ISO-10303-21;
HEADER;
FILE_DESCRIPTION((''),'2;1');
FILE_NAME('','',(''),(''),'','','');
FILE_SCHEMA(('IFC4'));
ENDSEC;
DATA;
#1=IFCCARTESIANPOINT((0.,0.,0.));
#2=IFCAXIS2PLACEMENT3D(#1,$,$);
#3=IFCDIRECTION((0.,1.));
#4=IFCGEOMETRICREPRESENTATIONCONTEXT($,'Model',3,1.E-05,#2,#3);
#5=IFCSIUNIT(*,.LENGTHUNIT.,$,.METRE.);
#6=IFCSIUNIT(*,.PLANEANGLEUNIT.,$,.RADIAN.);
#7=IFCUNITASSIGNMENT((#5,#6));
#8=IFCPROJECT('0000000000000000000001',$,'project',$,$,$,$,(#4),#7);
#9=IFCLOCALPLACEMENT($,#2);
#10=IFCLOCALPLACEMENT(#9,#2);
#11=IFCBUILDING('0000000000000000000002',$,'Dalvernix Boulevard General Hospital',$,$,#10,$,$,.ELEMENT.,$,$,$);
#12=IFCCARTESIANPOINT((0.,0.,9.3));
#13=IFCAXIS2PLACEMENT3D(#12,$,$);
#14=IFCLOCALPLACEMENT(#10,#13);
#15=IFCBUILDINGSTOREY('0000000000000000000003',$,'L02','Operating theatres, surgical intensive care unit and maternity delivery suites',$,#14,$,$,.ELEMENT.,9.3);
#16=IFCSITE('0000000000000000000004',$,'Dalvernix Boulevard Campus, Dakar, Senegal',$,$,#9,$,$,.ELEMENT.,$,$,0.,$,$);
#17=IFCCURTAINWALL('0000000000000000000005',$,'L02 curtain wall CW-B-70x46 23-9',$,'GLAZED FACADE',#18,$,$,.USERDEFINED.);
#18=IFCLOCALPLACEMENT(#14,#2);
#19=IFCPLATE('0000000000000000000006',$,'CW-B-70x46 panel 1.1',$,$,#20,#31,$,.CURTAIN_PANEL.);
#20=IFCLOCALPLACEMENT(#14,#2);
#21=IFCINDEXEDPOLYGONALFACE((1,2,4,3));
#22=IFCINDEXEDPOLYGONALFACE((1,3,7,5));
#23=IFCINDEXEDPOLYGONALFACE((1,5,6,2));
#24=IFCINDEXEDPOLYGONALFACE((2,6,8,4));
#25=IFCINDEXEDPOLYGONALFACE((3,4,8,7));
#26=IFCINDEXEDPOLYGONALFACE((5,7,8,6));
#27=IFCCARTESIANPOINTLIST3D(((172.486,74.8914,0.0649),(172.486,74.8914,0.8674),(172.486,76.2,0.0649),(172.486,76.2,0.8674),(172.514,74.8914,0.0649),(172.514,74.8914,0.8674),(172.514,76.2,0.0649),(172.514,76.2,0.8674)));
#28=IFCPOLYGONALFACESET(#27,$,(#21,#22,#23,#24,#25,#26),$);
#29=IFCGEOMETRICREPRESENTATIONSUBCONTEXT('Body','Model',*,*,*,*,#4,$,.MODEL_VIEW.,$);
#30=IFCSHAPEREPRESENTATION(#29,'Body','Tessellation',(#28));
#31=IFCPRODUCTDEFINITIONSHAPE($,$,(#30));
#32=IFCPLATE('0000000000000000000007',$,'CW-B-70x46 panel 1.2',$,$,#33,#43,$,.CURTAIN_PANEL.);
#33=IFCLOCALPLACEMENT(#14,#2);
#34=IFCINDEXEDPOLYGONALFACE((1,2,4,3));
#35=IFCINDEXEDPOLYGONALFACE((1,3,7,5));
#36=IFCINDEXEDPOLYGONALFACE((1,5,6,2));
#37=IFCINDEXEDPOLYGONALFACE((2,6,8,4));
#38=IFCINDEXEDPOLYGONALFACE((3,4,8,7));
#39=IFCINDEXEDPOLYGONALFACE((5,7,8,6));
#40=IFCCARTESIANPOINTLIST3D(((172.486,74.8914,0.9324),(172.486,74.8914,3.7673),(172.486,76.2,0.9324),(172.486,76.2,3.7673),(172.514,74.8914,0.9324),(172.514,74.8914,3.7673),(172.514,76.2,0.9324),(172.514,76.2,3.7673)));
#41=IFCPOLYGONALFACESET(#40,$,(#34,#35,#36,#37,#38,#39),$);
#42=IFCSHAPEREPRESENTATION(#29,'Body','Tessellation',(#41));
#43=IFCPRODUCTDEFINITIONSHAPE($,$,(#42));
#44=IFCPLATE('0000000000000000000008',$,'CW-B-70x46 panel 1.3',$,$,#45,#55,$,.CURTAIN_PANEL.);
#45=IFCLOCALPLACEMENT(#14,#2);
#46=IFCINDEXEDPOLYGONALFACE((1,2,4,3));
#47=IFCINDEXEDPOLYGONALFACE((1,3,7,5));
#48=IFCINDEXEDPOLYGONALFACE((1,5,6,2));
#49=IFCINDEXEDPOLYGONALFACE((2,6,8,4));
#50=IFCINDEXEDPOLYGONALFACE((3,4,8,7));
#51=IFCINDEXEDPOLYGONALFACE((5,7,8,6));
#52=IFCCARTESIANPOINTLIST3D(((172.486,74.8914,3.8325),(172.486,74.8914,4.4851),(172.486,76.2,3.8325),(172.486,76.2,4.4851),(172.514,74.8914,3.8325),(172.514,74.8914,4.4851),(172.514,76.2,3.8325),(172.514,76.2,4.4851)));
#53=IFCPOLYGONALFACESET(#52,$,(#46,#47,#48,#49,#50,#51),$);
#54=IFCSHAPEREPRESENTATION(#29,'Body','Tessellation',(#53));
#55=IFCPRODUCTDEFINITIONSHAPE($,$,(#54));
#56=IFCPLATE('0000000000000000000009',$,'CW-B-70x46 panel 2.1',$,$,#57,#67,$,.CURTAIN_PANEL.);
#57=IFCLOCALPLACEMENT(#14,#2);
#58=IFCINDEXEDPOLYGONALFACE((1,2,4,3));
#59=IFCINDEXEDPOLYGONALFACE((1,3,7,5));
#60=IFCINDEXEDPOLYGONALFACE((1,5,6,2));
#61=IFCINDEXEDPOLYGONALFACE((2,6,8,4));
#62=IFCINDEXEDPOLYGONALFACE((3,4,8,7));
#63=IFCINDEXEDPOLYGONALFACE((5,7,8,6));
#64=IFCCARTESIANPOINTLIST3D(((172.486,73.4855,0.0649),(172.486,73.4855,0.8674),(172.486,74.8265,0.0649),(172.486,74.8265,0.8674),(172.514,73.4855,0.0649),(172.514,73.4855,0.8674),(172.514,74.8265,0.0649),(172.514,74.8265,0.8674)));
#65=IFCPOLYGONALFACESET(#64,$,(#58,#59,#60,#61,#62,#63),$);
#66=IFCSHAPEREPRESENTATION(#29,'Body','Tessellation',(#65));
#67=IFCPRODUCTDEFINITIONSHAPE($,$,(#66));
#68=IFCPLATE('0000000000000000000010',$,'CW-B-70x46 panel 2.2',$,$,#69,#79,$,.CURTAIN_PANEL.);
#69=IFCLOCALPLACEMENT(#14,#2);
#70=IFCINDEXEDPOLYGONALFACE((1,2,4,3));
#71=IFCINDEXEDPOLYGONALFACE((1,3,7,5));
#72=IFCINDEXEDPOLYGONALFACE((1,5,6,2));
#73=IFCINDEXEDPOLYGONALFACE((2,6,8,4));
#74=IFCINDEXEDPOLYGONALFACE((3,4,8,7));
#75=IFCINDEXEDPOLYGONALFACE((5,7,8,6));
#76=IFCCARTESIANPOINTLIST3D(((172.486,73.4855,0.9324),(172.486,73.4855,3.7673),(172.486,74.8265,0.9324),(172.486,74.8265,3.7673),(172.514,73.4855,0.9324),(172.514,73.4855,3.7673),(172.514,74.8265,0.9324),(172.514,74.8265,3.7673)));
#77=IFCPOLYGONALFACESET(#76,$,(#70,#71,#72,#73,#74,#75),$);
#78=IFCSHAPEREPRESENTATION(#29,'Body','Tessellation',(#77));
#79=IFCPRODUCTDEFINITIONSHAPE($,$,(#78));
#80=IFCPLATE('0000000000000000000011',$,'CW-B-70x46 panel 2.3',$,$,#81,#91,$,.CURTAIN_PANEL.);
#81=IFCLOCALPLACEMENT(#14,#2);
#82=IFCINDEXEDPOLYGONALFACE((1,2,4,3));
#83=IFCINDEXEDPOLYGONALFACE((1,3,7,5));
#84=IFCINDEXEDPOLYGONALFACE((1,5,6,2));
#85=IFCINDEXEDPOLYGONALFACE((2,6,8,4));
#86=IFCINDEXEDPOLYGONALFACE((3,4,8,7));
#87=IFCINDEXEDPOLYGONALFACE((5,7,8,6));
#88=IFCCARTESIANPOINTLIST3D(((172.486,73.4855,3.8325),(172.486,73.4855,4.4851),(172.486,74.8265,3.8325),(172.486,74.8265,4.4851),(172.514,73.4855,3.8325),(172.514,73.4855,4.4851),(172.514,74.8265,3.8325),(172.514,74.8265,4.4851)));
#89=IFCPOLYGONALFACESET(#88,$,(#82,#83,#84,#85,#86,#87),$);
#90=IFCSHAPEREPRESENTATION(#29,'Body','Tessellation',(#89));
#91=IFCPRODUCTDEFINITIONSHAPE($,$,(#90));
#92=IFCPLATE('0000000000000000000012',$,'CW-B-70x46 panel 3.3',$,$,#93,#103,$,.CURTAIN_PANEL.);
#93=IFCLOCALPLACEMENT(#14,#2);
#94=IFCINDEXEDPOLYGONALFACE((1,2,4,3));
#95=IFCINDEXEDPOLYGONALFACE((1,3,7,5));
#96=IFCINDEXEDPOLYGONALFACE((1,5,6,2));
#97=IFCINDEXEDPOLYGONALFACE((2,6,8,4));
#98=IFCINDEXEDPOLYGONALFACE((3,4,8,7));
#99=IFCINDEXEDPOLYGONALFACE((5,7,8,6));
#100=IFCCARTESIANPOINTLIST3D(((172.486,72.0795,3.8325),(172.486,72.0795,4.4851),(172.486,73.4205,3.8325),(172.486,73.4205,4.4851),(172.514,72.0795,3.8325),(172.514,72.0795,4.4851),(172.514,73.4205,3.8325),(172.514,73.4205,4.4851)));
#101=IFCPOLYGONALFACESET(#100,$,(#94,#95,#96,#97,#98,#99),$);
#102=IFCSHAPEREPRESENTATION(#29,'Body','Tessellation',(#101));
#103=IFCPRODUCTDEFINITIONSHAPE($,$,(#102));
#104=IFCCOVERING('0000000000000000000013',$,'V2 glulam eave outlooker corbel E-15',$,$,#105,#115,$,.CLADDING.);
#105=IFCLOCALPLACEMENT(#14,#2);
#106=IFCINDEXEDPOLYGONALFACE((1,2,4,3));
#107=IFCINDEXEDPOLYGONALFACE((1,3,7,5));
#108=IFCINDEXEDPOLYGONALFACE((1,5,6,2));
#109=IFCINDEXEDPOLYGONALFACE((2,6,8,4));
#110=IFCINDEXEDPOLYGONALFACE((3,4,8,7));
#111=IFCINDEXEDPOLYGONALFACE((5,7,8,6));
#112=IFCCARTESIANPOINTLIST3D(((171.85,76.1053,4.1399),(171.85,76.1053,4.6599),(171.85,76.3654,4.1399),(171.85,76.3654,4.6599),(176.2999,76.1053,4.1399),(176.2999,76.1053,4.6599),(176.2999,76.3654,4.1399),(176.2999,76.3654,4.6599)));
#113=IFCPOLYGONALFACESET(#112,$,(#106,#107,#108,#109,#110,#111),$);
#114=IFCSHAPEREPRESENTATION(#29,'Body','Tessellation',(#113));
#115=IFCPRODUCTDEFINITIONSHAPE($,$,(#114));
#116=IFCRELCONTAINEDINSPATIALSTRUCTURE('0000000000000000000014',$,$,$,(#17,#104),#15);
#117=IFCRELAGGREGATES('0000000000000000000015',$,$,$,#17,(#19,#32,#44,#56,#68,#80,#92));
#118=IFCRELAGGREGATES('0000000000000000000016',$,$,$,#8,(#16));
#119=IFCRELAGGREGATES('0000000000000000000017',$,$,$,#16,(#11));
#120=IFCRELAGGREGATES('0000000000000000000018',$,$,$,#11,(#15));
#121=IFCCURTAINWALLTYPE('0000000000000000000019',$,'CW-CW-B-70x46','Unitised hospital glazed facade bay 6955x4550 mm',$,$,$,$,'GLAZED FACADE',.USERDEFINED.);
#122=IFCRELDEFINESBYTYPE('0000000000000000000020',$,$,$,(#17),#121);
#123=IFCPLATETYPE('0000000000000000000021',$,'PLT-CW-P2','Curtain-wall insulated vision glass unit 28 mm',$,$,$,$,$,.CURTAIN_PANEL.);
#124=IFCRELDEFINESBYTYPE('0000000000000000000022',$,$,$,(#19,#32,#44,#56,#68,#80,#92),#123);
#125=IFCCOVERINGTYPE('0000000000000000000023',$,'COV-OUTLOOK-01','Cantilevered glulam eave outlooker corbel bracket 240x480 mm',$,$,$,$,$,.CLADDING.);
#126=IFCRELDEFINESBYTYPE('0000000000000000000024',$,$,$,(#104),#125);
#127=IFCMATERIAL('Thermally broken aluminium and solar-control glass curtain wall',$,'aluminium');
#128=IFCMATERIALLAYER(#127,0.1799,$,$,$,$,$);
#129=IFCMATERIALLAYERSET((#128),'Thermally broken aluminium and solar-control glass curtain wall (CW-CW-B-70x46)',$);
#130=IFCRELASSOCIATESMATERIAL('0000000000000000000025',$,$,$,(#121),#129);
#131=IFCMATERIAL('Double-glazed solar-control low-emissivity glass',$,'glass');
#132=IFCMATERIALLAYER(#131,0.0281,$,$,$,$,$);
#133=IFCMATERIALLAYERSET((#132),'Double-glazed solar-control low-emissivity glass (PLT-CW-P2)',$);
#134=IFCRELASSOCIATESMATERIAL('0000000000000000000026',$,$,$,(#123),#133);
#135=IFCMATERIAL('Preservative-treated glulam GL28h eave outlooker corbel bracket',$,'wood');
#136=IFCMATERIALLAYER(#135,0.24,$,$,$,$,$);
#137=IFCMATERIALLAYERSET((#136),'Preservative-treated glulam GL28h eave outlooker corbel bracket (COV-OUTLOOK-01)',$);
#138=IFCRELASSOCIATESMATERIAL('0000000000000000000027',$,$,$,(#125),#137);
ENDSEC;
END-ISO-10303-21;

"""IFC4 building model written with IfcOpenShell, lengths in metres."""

from ifc_helpers import new_model, si_unit, direction, frame, origin, origin_2d, place, context, subcontext, project, spatial, rectangle, extrude, material, layer, layer_set, type_object, element, aggregate, save


model = new_model("IFC4")

# Units and contexts
model_context = context("Model", 3, precision=1e-05, world=origin(), true_north=direction((0.0, 1.0)))
body_context = subcontext(model_context, "Body", "Model", "MODEL_VIEW")
ifc_project = project(units=[si_unit("LENGTHUNIT", "METRE"), si_unit("PLANEANGLEUNIT", "RADIAN")], contexts=[model_context])

# Site, building, storey
site_placement = place(None, origin())
site = spatial("IfcSite", under=ifc_project, at=site_placement, Name="Dalvernix Boulevard Campus, Dakar, Senegal", CompositionType="ELEMENT", RefElevation=0.0)
building_placement = place(site_placement, origin())
building = spatial("IfcBuilding", under=site, at=building_placement, Name="Dalvernix Boulevard General Hospital", CompositionType="ELEMENT")
storey_placement = place(building_placement, frame((0.0, 0.0, 9.3)))
storey = spatial("IfcBuildingStorey", under=building, at=storey_placement, Name="L02", Description="Operating theatres, surgical intensive care unit and maternity delivery suites", CompositionType="ELEMENT", Elevation=9.3)

# Curtain wall, plates
ifc_material_1 = material(Name="Thermally broken aluminium and solar-control glass curtain wall", Category="aluminium")
ifc_layer_1 = layer(ifc_material_1, 0.1799)
ifc_layer_set_1 = layer_set([ifc_layer_1], Name="Thermally broken aluminium and solar-control glass curtain wall (CW-CW-B-70x46)")
curtain_wall_type = type_object("IfcCurtainWallType", Name="CW-CW-B-70x46", Description="Unitised hospital glazed facade bay 6955x4550 mm", ElementType="GLAZED FACADE", PredefinedType="USERDEFINED", material=ifc_layer_set_1)
curtain_wall_placement = place(storey_placement, origin())
curtain_wall = element("IfcCurtainWall", 1, at=curtain_wall_placement, inside=storey, type_object=curtain_wall_type, Name="L02 curtain wall CW-B-70x46 23-9", ObjectType="GLAZED FACADE", PredefinedType="USERDEFINED")
ifc_material_2 = material(Name="Double-glazed solar-control low-emissivity glass", Category="glass")
ifc_layer_2 = layer(ifc_material_2, 0.0281)
ifc_layer_set_2 = layer_set([ifc_layer_2], Name="Double-glazed solar-control low-emissivity glass (PLT-CW-P2)")
plate_type = type_object("IfcPlateType", Name="PLT-CW-P2", Description="Curtain-wall insulated vision glass unit 28 mm", PredefinedType="CURTAIN_PANEL", material=ifc_layer_set_2)
plate_1_placement = place(storey_placement, frame((172.5, 75.5457, 0.0649), z_axis=(0.0, 0.0, 1.0), x_axis=(0.0, -1.0, 0.0)))
plate_1 = element("IfcPlate", 2, at=plate_1_placement, type_object=plate_type, Name="CW-B-70x46 panel 1.1", PredefinedType="CURTAIN_PANEL", context=body_context, shape_type="SweptSolid", body=[
    extrude(rectangle(XDim=1.3086, YDim=0.0281, at=origin_2d()), origin(), (0.0, 0.0, 1.0), 0.8025),
])
plate_2_placement = place(storey_placement, frame((172.5, 75.5457, 0.9324), z_axis=(0.0, 0.0, 1.0), x_axis=(0.0, -1.0, 0.0)))
plate_2 = element("IfcPlate", 3, at=plate_2_placement, type_object=plate_type, Name="CW-B-70x46 panel 1.2", PredefinedType="CURTAIN_PANEL", context=body_context, shape_type="SweptSolid", body=[
    extrude(rectangle(XDim=1.3086, YDim=0.0281, at=origin_2d()), origin(), (0.0, 0.0, 1.0), 2.835),
])
plate_3_placement = place(storey_placement, frame((172.5, 75.5457, 3.8325), z_axis=(0.0, 0.0, 1.0), x_axis=(0.0, -1.0, 0.0)))
plate_3 = element("IfcPlate", 4, at=plate_3_placement, type_object=plate_type, Name="CW-B-70x46 panel 1.3", PredefinedType="CURTAIN_PANEL", context=body_context, shape_type="SweptSolid", body=[
    extrude(rectangle(XDim=1.3086, YDim=0.0281, at=origin_2d()), origin(), (0.0, 0.0, 1.0), 0.6526),
])
plate_4_placement = place(storey_placement, frame((172.5, 74.156, 0.0649), z_axis=(0.0, 0.0, 1.0), x_axis=(0.0, -1.0, 0.0)))
plate_4 = element("IfcPlate", 5, at=plate_4_placement, type_object=plate_type, Name="CW-B-70x46 panel 2.1", PredefinedType="CURTAIN_PANEL", context=body_context, shape_type="SweptSolid", body=[
    extrude(rectangle(XDim=1.3411, YDim=0.0281, at=origin_2d()), origin(), (0.0, 0.0, 1.0), 0.8025),
])
plate_5_placement = place(storey_placement, frame((172.5, 74.156, 0.9324), z_axis=(0.0, 0.0, 1.0), x_axis=(0.0, -1.0, 0.0)))
plate_5 = element("IfcPlate", 6, at=plate_5_placement, type_object=plate_type, Name="CW-B-70x46 panel 2.2", PredefinedType="CURTAIN_PANEL", context=body_context, shape_type="SweptSolid", body=[
    extrude(rectangle(XDim=1.3411, YDim=0.0281, at=origin_2d()), origin(), (0.0, 0.0, 1.0), 2.835),
])
plate_6_placement = place(storey_placement, frame((172.5, 74.156, 3.8325), z_axis=(0.0, 0.0, 1.0), x_axis=(0.0, -1.0, 0.0)))
plate_6 = element("IfcPlate", 7, at=plate_6_placement, type_object=plate_type, Name="CW-B-70x46 panel 2.3", PredefinedType="CURTAIN_PANEL", context=body_context, shape_type="SweptSolid", body=[
    extrude(rectangle(XDim=1.3411, YDim=0.0281, at=origin_2d()), origin(), (0.0, 0.0, 1.0), 0.6526),
])
plate_7_placement = place(storey_placement, frame((172.5, 72.75, 3.8325), z_axis=(0.0, 0.0, 1.0), x_axis=(0.0, -1.0, 0.0)))
plate_7 = element("IfcPlate", 8, at=plate_7_placement, type_object=plate_type, Name="CW-B-70x46 panel 3.3", PredefinedType="CURTAIN_PANEL", context=body_context, shape_type="SweptSolid", body=[
    extrude(rectangle(XDim=1.3411, YDim=0.0281, at=origin_2d()), origin(), (0.0, 0.0, 1.0), 0.6526),
])
aggregate(curtain_wall, [plate_1, plate_2, plate_3, plate_4, plate_5, plate_6, plate_7])

# Covering
ifc_material_3 = material(Name="Preservative-treated glulam GL28h eave outlooker corbel bracket", Category="wood")
ifc_layer_3 = layer(ifc_material_3, 0.24)
ifc_layer_set_3 = layer_set([ifc_layer_3], Name="Preservative-treated glulam GL28h eave outlooker corbel bracket (COV-OUTLOOK-01)")
covering_type = type_object("IfcCoveringType", Name="COV-OUTLOOK-01", Description="Cantilevered glulam eave outlooker corbel bracket 240x480 mm", PredefinedType="CLADDING", material=ifc_layer_set_3)
covering_placement = place(storey_placement, frame((174.075, 76.2354, 4.1399), z_axis=(0.0, 0.0, 1.0), x_axis=(1.0, 0.0, 0.0)))
element("IfcCovering", 9, at=covering_placement, inside=storey, type_object=covering_type, Name="V2 glulam eave outlooker corbel E-15", PredefinedType="CLADDING", context=body_context, shape_type="SweptSolid", body=[
    extrude(rectangle(XDim=4.45, YDim=0.26, at=origin_2d()), origin(), (0.0, 0.0, 1.0), 0.52),
])

save(model, "model.ifc")
